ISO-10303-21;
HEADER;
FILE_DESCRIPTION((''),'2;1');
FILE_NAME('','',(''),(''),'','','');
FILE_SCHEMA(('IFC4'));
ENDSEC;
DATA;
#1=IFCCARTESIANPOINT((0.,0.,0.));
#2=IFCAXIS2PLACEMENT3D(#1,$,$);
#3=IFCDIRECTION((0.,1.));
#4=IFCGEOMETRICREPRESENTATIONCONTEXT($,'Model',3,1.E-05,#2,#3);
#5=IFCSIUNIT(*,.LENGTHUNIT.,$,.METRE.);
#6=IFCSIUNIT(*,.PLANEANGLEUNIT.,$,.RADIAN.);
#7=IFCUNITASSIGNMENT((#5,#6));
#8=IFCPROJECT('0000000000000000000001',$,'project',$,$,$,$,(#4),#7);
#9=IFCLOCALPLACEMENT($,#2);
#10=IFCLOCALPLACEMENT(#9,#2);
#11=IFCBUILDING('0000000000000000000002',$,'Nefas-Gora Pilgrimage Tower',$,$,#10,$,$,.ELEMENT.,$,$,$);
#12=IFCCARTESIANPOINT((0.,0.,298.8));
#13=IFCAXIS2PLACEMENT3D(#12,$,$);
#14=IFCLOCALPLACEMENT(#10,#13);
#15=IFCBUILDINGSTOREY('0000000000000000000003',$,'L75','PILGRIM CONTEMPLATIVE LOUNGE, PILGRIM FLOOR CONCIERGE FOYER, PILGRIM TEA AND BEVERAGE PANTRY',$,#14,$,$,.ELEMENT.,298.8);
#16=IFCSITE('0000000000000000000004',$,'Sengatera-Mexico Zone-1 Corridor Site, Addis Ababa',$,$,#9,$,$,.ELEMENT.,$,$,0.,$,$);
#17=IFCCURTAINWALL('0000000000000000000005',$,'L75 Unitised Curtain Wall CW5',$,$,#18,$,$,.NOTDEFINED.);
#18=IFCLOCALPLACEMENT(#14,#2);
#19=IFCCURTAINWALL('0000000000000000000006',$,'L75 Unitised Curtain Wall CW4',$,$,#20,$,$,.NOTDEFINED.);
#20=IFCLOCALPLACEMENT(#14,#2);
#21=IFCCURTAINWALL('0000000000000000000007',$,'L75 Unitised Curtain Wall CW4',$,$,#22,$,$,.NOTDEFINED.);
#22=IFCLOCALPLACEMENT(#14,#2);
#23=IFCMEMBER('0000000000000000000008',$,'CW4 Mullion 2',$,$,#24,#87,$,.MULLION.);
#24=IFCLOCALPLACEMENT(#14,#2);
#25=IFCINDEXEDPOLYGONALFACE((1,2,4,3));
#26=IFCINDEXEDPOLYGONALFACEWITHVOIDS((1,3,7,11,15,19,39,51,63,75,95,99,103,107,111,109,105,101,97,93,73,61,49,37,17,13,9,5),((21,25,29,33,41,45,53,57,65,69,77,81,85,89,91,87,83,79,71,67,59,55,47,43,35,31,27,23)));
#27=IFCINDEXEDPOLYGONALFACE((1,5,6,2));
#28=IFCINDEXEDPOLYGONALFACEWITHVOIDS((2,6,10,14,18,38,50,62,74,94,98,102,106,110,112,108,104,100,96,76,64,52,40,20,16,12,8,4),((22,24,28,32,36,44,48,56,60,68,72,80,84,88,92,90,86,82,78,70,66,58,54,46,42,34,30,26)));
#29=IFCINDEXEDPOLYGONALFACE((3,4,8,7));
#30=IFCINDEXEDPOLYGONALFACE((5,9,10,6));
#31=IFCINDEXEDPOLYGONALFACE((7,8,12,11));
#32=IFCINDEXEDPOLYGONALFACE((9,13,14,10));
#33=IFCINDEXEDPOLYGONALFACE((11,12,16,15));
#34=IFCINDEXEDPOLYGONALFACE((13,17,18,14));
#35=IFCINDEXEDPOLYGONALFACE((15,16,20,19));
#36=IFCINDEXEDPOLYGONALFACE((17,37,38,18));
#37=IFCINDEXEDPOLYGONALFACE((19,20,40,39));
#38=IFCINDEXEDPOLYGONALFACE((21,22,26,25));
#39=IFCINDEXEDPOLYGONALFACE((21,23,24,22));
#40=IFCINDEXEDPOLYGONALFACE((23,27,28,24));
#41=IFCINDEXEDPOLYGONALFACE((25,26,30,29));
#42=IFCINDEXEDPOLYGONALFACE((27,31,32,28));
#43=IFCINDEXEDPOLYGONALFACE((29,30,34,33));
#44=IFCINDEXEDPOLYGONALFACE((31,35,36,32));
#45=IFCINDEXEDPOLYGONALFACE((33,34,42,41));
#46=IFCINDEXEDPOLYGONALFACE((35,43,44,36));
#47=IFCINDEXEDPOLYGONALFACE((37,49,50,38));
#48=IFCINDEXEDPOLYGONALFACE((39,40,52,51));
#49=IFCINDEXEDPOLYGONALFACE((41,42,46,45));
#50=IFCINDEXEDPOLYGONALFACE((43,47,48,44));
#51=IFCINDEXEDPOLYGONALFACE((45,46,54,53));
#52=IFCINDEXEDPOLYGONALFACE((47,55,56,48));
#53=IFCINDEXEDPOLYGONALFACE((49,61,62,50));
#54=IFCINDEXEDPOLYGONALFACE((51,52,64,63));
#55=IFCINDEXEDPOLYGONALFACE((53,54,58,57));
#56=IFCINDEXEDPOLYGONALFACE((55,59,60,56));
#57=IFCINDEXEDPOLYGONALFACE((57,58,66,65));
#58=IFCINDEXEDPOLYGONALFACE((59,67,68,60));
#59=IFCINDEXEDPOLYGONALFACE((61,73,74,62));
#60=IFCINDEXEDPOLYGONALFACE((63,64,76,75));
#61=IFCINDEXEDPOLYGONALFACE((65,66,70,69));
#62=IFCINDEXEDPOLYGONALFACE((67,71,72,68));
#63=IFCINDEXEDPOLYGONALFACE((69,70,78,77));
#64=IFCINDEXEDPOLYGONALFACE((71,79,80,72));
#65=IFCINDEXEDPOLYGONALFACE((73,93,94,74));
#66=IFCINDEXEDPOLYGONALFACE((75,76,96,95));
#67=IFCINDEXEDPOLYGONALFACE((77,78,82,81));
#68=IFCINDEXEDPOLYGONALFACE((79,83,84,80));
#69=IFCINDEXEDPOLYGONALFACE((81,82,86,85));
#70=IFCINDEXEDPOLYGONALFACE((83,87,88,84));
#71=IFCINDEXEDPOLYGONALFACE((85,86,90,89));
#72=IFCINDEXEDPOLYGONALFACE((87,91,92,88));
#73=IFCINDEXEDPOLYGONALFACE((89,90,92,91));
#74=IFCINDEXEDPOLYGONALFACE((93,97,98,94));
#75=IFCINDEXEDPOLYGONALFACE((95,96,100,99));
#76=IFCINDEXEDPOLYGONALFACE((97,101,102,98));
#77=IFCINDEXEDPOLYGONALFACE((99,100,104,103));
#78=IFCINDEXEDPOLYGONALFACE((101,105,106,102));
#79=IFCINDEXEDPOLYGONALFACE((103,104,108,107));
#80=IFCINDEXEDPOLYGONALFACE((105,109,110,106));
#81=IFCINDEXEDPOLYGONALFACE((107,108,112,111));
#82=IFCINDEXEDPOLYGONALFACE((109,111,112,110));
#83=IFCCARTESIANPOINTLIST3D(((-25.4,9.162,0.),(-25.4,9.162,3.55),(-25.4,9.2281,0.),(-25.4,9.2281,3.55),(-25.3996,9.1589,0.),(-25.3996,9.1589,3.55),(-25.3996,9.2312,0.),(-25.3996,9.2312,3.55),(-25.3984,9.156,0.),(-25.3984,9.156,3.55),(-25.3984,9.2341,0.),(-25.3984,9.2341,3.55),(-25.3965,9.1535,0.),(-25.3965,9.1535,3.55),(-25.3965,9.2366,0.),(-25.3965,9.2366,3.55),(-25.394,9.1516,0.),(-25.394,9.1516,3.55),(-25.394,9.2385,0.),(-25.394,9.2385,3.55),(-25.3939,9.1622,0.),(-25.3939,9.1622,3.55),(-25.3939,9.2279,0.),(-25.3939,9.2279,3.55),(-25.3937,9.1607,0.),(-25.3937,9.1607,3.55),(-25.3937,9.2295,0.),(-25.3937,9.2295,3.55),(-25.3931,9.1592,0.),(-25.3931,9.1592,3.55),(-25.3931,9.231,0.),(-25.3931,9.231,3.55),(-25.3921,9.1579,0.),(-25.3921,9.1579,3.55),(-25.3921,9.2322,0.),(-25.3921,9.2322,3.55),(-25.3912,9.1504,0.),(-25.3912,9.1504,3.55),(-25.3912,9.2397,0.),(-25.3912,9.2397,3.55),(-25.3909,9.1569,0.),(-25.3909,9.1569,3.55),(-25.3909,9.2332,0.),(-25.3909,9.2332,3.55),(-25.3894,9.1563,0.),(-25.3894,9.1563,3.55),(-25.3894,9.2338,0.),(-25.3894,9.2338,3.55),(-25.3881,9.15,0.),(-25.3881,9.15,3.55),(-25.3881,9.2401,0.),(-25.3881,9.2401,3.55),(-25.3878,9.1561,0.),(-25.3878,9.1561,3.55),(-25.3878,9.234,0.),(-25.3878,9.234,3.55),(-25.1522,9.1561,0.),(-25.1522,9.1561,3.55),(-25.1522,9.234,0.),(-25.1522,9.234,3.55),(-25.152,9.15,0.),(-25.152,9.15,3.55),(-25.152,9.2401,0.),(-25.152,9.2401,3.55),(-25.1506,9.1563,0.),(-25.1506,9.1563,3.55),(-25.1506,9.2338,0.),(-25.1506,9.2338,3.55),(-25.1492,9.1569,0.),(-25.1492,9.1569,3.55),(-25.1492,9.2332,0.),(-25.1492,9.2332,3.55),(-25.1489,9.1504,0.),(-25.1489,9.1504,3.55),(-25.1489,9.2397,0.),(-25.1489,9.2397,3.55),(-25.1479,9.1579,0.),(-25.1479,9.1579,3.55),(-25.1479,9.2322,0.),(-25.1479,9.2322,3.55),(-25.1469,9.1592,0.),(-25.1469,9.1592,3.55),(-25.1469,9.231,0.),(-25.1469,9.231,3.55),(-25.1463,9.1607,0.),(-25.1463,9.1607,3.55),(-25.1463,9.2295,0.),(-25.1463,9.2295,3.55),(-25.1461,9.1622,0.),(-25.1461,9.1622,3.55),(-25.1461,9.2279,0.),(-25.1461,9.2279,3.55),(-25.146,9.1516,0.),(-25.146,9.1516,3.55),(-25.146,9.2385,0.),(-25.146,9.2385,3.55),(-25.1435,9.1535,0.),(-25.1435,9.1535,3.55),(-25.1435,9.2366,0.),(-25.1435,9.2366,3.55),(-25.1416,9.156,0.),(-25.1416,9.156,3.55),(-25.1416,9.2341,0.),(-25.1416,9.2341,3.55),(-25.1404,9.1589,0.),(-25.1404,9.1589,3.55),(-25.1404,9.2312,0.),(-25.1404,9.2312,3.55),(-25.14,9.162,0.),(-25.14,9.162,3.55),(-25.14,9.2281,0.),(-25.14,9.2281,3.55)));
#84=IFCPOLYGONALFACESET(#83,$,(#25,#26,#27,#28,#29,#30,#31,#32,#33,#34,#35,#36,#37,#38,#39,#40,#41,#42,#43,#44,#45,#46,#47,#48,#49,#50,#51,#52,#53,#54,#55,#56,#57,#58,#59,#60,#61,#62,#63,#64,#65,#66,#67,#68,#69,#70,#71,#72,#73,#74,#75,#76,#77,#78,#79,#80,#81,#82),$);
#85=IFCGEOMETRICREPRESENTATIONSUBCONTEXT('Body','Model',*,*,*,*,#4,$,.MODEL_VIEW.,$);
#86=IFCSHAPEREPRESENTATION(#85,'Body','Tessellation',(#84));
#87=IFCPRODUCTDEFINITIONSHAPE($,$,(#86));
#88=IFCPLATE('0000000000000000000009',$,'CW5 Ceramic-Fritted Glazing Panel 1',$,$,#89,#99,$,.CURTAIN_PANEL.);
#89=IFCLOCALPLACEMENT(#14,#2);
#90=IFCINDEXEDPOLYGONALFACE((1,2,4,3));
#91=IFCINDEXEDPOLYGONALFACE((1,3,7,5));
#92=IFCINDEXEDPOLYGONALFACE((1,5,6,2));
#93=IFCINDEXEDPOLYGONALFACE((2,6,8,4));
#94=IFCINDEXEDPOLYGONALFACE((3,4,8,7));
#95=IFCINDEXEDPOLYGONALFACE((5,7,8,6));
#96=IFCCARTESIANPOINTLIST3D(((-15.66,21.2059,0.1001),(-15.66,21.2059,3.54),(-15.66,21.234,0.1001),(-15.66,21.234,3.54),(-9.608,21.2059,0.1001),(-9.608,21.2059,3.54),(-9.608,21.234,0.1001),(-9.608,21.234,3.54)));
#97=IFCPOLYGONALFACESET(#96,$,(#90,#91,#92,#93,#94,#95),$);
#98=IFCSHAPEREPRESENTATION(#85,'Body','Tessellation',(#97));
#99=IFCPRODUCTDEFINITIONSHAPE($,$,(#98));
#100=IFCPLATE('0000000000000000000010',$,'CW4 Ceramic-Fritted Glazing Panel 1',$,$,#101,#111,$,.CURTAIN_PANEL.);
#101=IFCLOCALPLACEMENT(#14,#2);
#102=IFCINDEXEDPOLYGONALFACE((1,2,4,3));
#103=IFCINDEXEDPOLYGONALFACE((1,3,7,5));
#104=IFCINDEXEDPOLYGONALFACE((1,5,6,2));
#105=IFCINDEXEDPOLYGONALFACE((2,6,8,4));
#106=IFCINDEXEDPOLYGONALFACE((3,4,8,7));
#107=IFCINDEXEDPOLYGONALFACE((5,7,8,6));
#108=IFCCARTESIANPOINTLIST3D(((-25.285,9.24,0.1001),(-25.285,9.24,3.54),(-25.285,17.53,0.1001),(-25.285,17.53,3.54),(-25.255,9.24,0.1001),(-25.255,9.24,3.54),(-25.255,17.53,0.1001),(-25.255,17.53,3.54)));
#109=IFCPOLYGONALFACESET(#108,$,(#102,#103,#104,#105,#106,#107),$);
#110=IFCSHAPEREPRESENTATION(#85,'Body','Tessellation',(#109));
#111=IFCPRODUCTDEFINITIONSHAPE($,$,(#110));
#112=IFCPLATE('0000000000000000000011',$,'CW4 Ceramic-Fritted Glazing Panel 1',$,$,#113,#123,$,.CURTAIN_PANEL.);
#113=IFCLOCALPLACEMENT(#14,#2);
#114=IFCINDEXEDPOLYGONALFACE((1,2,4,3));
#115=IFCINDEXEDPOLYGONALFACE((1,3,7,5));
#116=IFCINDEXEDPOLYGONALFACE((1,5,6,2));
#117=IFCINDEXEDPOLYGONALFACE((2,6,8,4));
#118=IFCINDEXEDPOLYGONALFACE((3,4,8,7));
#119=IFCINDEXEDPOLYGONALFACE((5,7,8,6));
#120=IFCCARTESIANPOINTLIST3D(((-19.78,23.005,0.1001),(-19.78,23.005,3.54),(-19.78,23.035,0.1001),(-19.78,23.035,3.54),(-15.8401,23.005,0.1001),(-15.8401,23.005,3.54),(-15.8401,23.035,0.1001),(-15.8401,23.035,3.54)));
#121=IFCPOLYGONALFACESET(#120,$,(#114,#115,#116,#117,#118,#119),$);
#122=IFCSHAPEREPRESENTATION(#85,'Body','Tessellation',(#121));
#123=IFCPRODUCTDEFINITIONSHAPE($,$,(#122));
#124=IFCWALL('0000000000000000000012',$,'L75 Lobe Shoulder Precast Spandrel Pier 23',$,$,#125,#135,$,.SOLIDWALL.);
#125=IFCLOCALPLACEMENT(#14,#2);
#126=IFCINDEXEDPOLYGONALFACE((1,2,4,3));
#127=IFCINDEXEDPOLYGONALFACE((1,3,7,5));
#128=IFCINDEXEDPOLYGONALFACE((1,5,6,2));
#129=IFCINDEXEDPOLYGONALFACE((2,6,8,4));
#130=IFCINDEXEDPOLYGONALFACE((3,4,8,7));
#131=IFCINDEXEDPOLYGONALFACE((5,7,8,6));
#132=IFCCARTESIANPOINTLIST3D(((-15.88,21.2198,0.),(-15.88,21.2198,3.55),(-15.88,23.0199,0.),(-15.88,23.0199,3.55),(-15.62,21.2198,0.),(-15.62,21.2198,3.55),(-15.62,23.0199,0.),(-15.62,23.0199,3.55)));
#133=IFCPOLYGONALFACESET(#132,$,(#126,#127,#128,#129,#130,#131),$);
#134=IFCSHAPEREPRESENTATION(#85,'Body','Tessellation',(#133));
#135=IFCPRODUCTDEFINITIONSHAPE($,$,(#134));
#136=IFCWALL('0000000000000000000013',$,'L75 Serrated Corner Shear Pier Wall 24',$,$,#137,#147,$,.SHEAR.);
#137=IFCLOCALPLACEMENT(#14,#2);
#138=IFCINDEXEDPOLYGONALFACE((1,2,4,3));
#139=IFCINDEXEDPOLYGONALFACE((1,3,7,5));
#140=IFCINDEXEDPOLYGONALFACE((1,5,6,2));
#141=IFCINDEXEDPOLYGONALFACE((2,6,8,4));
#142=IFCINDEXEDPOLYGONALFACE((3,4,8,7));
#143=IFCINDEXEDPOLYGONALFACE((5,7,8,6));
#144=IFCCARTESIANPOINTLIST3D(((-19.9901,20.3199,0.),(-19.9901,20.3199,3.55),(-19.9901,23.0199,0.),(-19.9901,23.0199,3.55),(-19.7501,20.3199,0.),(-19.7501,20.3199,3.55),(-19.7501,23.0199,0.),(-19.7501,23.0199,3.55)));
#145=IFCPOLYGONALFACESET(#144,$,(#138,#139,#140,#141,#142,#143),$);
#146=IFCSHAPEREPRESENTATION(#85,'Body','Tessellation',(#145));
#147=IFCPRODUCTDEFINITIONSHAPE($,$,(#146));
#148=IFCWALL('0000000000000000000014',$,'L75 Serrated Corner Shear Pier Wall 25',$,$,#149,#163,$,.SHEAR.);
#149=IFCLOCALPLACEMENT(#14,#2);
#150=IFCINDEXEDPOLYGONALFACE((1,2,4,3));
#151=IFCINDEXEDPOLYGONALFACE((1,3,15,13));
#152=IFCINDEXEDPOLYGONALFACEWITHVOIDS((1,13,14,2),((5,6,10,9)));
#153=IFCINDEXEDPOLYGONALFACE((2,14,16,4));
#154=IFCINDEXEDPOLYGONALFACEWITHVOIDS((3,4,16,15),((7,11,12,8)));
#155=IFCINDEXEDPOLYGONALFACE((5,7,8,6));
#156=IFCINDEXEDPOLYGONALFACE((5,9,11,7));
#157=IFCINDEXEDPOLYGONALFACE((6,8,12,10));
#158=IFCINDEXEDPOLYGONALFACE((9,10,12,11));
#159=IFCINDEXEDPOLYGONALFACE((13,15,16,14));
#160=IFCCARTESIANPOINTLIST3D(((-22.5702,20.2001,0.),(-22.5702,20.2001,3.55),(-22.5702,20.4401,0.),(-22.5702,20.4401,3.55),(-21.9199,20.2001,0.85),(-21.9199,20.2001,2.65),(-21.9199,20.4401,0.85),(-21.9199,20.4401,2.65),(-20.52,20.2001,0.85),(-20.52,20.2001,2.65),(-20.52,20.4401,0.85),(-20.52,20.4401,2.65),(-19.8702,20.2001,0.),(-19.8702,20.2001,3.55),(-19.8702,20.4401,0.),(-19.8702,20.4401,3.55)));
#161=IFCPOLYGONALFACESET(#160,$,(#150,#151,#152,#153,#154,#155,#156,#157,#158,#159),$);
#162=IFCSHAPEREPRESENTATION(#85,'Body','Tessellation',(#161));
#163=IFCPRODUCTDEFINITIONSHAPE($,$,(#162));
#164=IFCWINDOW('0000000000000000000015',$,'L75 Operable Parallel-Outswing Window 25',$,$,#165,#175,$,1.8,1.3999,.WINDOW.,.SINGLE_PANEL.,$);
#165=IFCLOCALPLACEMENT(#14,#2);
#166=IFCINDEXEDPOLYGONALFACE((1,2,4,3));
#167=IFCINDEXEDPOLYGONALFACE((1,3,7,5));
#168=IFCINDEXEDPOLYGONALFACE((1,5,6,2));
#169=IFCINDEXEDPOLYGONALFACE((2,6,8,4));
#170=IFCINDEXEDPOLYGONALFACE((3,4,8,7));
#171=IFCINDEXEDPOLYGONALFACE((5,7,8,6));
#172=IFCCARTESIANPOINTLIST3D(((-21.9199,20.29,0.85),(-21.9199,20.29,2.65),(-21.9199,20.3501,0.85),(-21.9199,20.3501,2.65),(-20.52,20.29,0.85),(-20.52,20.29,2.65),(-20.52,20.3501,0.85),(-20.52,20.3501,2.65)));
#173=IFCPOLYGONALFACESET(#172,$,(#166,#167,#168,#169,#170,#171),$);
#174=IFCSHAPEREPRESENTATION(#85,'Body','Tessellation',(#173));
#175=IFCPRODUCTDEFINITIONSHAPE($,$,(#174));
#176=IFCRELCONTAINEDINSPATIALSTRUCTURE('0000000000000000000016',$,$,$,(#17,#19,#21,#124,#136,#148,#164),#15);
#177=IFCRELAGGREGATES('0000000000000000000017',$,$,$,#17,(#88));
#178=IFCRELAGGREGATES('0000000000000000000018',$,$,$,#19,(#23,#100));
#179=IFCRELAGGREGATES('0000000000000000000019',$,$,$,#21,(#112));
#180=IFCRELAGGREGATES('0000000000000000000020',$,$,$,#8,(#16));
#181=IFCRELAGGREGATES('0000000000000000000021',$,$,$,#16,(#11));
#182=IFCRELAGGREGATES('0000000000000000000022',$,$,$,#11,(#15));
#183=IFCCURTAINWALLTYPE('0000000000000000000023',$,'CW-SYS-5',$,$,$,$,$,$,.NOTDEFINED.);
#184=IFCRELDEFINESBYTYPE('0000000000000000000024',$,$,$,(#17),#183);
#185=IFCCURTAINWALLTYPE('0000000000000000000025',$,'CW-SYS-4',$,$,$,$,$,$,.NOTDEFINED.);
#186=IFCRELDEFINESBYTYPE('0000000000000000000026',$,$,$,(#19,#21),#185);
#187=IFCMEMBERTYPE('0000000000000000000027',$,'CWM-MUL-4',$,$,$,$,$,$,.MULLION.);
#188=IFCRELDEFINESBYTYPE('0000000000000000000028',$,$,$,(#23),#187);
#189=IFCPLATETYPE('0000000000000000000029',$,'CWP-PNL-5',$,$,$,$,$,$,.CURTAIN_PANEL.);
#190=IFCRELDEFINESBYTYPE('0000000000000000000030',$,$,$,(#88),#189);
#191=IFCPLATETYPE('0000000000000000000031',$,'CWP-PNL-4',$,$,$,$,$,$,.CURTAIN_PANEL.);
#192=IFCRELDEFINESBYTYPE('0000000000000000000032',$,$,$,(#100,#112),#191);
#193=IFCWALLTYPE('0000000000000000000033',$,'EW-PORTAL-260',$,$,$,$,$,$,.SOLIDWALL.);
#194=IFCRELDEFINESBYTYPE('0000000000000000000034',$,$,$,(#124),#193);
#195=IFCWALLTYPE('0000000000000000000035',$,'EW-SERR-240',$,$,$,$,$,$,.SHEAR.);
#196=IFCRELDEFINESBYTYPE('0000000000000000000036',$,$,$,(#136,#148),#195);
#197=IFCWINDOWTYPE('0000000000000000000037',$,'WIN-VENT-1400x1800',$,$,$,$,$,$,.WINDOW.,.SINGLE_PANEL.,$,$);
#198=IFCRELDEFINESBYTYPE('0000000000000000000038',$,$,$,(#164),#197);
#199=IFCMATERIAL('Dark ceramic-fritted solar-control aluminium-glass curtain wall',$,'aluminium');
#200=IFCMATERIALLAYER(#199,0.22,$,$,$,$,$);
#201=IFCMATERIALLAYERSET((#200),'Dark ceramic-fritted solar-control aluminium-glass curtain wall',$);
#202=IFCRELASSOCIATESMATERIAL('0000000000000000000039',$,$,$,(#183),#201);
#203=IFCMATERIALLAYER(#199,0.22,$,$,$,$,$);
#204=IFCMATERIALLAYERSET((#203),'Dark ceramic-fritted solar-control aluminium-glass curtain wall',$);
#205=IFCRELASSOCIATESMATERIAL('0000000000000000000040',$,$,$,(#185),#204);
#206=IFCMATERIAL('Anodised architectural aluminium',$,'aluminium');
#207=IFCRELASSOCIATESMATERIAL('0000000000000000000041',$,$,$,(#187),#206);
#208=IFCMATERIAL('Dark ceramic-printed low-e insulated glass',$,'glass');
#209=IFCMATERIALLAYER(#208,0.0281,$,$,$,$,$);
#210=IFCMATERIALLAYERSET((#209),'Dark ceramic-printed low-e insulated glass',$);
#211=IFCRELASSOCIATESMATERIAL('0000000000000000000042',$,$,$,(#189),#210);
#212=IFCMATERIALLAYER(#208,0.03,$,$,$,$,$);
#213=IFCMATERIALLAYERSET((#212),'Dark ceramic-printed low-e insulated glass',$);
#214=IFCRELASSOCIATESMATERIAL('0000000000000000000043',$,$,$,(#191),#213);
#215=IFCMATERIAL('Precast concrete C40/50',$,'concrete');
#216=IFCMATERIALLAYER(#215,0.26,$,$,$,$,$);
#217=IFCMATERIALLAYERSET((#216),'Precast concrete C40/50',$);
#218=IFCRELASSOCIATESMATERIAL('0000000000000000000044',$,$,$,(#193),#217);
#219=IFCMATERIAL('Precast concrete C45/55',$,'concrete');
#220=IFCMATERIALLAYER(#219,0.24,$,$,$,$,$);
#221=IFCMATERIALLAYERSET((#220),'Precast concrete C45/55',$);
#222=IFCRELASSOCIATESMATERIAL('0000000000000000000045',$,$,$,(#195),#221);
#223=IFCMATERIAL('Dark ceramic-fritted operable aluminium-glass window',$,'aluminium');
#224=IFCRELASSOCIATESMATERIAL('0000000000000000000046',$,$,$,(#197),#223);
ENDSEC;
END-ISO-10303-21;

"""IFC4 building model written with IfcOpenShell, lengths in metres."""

from ifc_helpers import new_model, si_unit, direction, frame, frame_2d, origin, origin_2d, place, context, subcontext, project, spatial, rectangle, hollow_rectangle, extrude, source, transform, mapped, material, layer, layer_set, material_profile, profile_set, type_object, element, fill, aggregate, save


model = new_model("IFC4")

# Units and contexts
model_context = context("Model", 3, precision=1e-05, world=origin(), true_north=direction((0.0, 1.0)))
body_context = subcontext(model_context, "Body", "Model", "MODEL_VIEW")
ifc_project = project(units=[si_unit("LENGTHUNIT", "METRE"), si_unit("PLANEANGLEUNIT", "RADIAN")], contexts=[model_context])

# Site, building, storey
site_placement = place(None, origin())
site = spatial("IfcSite", under=ifc_project, at=site_placement, Name="Sengatera-Mexico Zone-1 Corridor Site, Addis Ababa", CompositionType="ELEMENT", RefElevation=0.0)
building_placement = place(site_placement, origin())
building = spatial("IfcBuilding", under=site, at=building_placement, Name="Nefas-Gora Pilgrimage Tower", CompositionType="ELEMENT")
storey_placement = place(building_placement, frame((0.0, 0.0, 298.8)))
storey = spatial("IfcBuildingStorey", under=building, at=storey_placement, Name="L75", Description="PILGRIM CONTEMPLATIVE LOUNGE, PILGRIM FLOOR CONCIERGE FOYER, PILGRIM TEA AND BEVERAGE PANTRY", CompositionType="ELEMENT", Elevation=298.8)

# Curtain walls
ifc_material_1 = material(Name="Dark ceramic-fritted solar-control aluminium-glass curtain wall", Category="aluminium")
ifc_layer_1 = layer(ifc_material_1, 0.22)
ifc_layer_set_1 = layer_set([ifc_layer_1], Name="Dark ceramic-fritted solar-control aluminium-glass curtain wall")
curtain_wall_type_1 = type_object("IfcCurtainWallType", Name="CW-SYS-5", PredefinedType="NOTDEFINED", material=ifc_layer_set_1)
curtain_wall_1_placement = place(storey_placement, origin())
curtain_wall_1 = element("IfcCurtainWall", 1, at=curtain_wall_1_placement, inside=storey, type_object=curtain_wall_type_1, Name="L75 Unitised Curtain Wall CW5", PredefinedType="NOTDEFINED")
ifc_material_2 = material(Name="Anodised architectural aluminium", Category="aluminium")
ifc_layer_2 = layer(ifc_material_1, 0.22)
ifc_layer_set_2 = layer_set([ifc_layer_2], Name="Dark ceramic-fritted solar-control aluminium-glass curtain wall")
curtain_wall_type_2 = type_object("IfcCurtainWallType", Name="CW-SYS-4", PredefinedType="NOTDEFINED", material=ifc_layer_set_2)
curtain_wall_2_placement = place(storey_placement, origin())
curtain_wall_2 = element("IfcCurtainWall", 2, at=curtain_wall_2_placement, inside=storey, type_object=curtain_wall_type_2, Name="L75 Unitised Curtain Wall CW4", PredefinedType="NOTDEFINED")

# Curtain wall
curtain_wall_3_placement = place(storey_placement, origin())
curtain_wall_3 = element("IfcCurtainWall", 3, at=curtain_wall_3_placement, inside=storey, type_object=curtain_wall_type_2, Name="L75 Unitised Curtain Wall CW4", PredefinedType="NOTDEFINED")
ifc_material_profile_1 = material_profile(ifc_material_2, hollow_rectangle(XDim=0.0901, YDim=0.26, WallThickness=0.0061, InnerFilletRadius=0.0061, OuterFilletRadius=0.012, at=origin_2d()), Name="ALU MULLION 90x260")
ifc_profile_set_1 = profile_set([ifc_material_profile_1], Name="Anodised architectural aluminium")
member_type_1 = type_object("IfcMemberType", Name="CWM-MUL-4", PredefinedType="MULLION", material=ifc_profile_set_1)
shared_shape_1 = source(origin(), body_context, "Body", "SweptSolid", [
    extrude(hollow_rectangle(XDim=0.0901, YDim=0.26, WallThickness=0.0061, InnerFilletRadius=0.0061, OuterFilletRadius=0.012, at=origin_2d()), origin(), (0.0, 0.0, 1.0), 3.55),
])

# Member
member_1_placement = place(storey_placement, frame((-25.27, 9.1951, 0.0), z_axis=(0.0, 0.0, 1.0), x_axis=(0.0, -1.0, 0.0)))
member_1 = element("IfcMember", 4, at=member_1_placement, type_object=member_type_1, Name="CW4 Mullion 2", PredefinedType="MULLION", context=body_context, shape_type="MappedRepresentation", body=[
    mapped(shared_shape_1, transform((0.0, 0.0, 0.0), x_axis=(1.0, 0.0, 0.0), y_axis=(0.0, 1.0, 0.0), z_axis=(0.0, 0.0, 1.0), scale=1.0)),
])

# Plates
ifc_material_3 = material(Name="Dark ceramic-printed low-e insulated glass", Category="glass")
ifc_layer_3 = layer(ifc_material_3, 0.0281)
ifc_layer_set_3 = layer_set([ifc_layer_3], Name="Dark ceramic-printed low-e insulated glass")
plate_type_1 = type_object("IfcPlateType", Name="CWP-PNL-5", PredefinedType="CURTAIN_PANEL", material=ifc_layer_set_3)
shared_shape_2 = source(origin(), body_context, "Body", "SweptSolid", [
    extrude(rectangle(XDim=6.052, YDim=0.0281, at=origin_2d()), origin(), (0.0, 0.0, 1.0), 3.4399),
])
plate_1_placement = place(storey_placement, frame((-12.634, 21.22, 0.1001), z_axis=(0.0, 0.0, 1.0), x_axis=(-1.0, 0.0, 0.0)))
plate_1 = element("IfcPlate", 5, at=plate_1_placement, type_object=plate_type_1, Name="CW5 Ceramic-Fritted Glazing Panel 1", PredefinedType="CURTAIN_PANEL", context=body_context, shape_type="MappedRepresentation", body=[
    mapped(shared_shape_2, transform((0.0, 0.0, 0.0), x_axis=(1.0, 0.0, 0.0), y_axis=(0.0, 1.0, 0.0), z_axis=(0.0, 0.0, 1.0), scale=1.0)),
])
aggregate(curtain_wall_1, [plate_1])
ifc_layer_4 = layer(ifc_material_3, 0.03)
ifc_layer_set_4 = layer_set([ifc_layer_4], Name="Dark ceramic-printed low-e insulated glass")
plate_type_2 = type_object("IfcPlateType", Name="CWP-PNL-4", PredefinedType="CURTAIN_PANEL", material=ifc_layer_set_4)
shared_shape_3 = source(origin(), body_context, "Body", "SweptSolid", [
    extrude(rectangle(XDim=8.29, YDim=0.03, at=origin_2d()), origin(), (0.0, 0.0, 1.0), 3.4399),
])
plate_2_placement = place(storey_placement, frame((-25.27, 13.385, 0.1001), z_axis=(0.0, 0.0, 1.0), x_axis=(0.0, -1.0, 0.0)))
plate_2 = element("IfcPlate", 6, at=plate_2_placement, type_object=plate_type_2, Name="CW4 Ceramic-Fritted Glazing Panel 1", PredefinedType="CURTAIN_PANEL", context=body_context, shape_type="MappedRepresentation", body=[
    mapped(shared_shape_3, transform((0.0, 0.0, 0.0), x_axis=(1.0, 0.0, 0.0), y_axis=(0.0, 1.0, 0.0), z_axis=(0.0, 0.0, 1.0), scale=1.0)),
])
aggregate(curtain_wall_2, [member_1, plate_2])
shared_shape_4 = source(origin(), body_context, "Body", "SweptSolid", [
    extrude(rectangle(XDim=3.9399, YDim=0.03, at=origin_2d()), origin(), (0.0, 0.0, 1.0), 3.4399),
])
plate_3_placement = place(storey_placement, frame((-17.8101, 23.02, 0.1001), z_axis=(0.0, 0.0, 1.0), x_axis=(-1.0, 0.0, 0.0)))
plate_3 = element("IfcPlate", 7, at=plate_3_placement, type_object=plate_type_2, Name="CW4 Ceramic-Fritted Glazing Panel 1", PredefinedType="CURTAIN_PANEL", context=body_context, shape_type="MappedRepresentation", body=[
    mapped(shared_shape_4, transform((0.0, 0.0, 0.0), x_axis=(1.0, 0.0, 0.0), y_axis=(0.0, 1.0, 0.0), z_axis=(0.0, 0.0, 1.0), scale=1.0)),
])
aggregate(curtain_wall_3, [plate_3])

# Walls
ifc_material_4 = material(Name="Precast concrete C40/50", Category="concrete")
ifc_layer_5 = layer(ifc_material_4, 0.26)
ifc_layer_set_5 = layer_set([ifc_layer_5], Name="Precast concrete C40/50")
wall_type_1 = type_object("IfcWallType", Name="EW-PORTAL-260", PredefinedType="SOLIDWALL", material=ifc_layer_set_5)
shared_shape_5 = source(origin(), body_context, "Body", "SweptSolid", [
    extrude(rectangle(XDim=1.8, YDim=0.26, at=frame_2d((0.8999, 0.0))), origin(), (0.0, 0.0, 1.0), 3.55),
])
wall_1_placement = place(storey_placement, frame((-15.75, 21.22, 0.0), z_axis=(0.0, 0.0, 1.0), x_axis=(0.0, 1.0, 0.0)))
element("IfcWall", 8, at=wall_1_placement, inside=storey, type_object=wall_type_1, Name="L75 Lobe Shoulder Precast Spandrel Pier 23", PredefinedType="SOLIDWALL", context=body_context, shape_type="MappedRepresentation", body=[
    mapped(shared_shape_5, transform((0.0, 0.0, 0.0), x_axis=(1.0, 0.0, 0.0), y_axis=(0.0, 1.0, 0.0), z_axis=(0.0, 0.0, 1.0), scale=1.0)),
])
ifc_material_5 = material(Name="Precast concrete C45/55", Category="concrete")
ifc_layer_6 = layer(ifc_material_5, 0.24)
ifc_layer_set_6 = layer_set([ifc_layer_6], Name="Precast concrete C45/55")
wall_type_2 = type_object("IfcWallType", Name="EW-SERR-240", PredefinedType="SHEAR", material=ifc_layer_set_6)
shared_shape_6 = source(origin(), body_context, "Body", "SweptSolid", [
    extrude(rectangle(XDim=2.7, YDim=0.24, at=frame_2d((1.3501, 0.0))), origin(), (0.0, 0.0, 1.0), 3.55),
])
wall_2_placement = place(storey_placement, frame((-19.8701, 23.02, 0.0), z_axis=(0.0, 0.0, 1.0), x_axis=(0.0, -1.0, 0.0)))
element("IfcWall", 9, at=wall_2_placement, inside=storey, type_object=wall_type_2, Name="L75 Serrated Corner Shear Pier Wall 24", PredefinedType="SHEAR", context=body_context, shape_type="MappedRepresentation", body=[
    mapped(shared_shape_6, transform((0.0, 0.0, 0.0), x_axis=(1.0, 0.0, 0.0), y_axis=(0.0, 1.0, 0.0), z_axis=(0.0, 0.0, 1.0), scale=1.0)),
])

# Wall, opening, window
wall_3_placement = place(storey_placement, frame((-19.8701, 20.3201, 0.0), z_axis=(0.0, 0.0, 1.0), x_axis=(-1.0, 0.0, 0.0)))
wall_3 = element("IfcWall", 10, at=wall_3_placement, inside=storey, type_object=wall_type_2, Name="L75 Serrated Corner Shear Pier Wall 25", PredefinedType="SHEAR", context=body_context, shape_type="MappedRepresentation", body=[
    mapped(shared_shape_6, transform((0.0, 0.0, 0.0), x_axis=(1.0, 0.0, 0.0), y_axis=(0.0, 1.0, 0.0), z_axis=(0.0, 0.0, 1.0), scale=1.0)),
])
opening_1_placement = place(wall_3_placement, frame((0.6499, 0.0, 0.8501)))
opening_1 = element("IfcOpeningElement", 11, at=opening_1_placement, cuts=wall_3, PredefinedType="OPENING", context=body_context, shape_type="SweptSolid", body=[
    extrude(rectangle(XDim=1.3999, YDim=1.8, at=frame_2d((0.7, 0.8999))), frame((0.0, 0.1299, 0.0), z_axis=(0.0, -1.0, 0.0), x_axis=(1.0, 0.0, 0.0)), (0.0, 0.0, 1.0), 0.26),
])
ifc_material_6 = material(Name="Dark ceramic-fritted operable aluminium-glass window", Category="aluminium")
window_type = type_object("IfcWindowType", Name="WIN-VENT-1400x1800", PartitioningType="SINGLE_PANEL", PredefinedType="WINDOW", material=ifc_material_6)
shared_shape_7 = source(origin(), body_context, "Body", "SweptSolid", [
    extrude(rectangle(XDim=1.3999, YDim=1.8, at=frame_2d((0.7, 0.8999))), frame((0.0, 0.03, 0.0), z_axis=(0.0, -1.0, 0.0), x_axis=(1.0, 0.0, 0.0)), (0.0, 0.0, 1.0), 0.0601),
])
window_placement = place(opening_1_placement, origin())
window = element("IfcWindow", 12, at=window_placement, inside=storey, type_object=window_type, Name="L75 Operable Parallel-Outswing Window 25", OverallHeight=1.8, OverallWidth=1.3999, PartitioningType="SINGLE_PANEL", PredefinedType="WINDOW", context=body_context, shape_type="MappedRepresentation", body=[
    mapped(shared_shape_7, transform((0.0, 0.0, 0.0), x_axis=(1.0, 0.0, 0.0), y_axis=(0.0, 1.0, 0.0), z_axis=(0.0, 0.0, 1.0), scale=1.0)),
])
fill(opening_1, window)

save(model, "model.ifc")
